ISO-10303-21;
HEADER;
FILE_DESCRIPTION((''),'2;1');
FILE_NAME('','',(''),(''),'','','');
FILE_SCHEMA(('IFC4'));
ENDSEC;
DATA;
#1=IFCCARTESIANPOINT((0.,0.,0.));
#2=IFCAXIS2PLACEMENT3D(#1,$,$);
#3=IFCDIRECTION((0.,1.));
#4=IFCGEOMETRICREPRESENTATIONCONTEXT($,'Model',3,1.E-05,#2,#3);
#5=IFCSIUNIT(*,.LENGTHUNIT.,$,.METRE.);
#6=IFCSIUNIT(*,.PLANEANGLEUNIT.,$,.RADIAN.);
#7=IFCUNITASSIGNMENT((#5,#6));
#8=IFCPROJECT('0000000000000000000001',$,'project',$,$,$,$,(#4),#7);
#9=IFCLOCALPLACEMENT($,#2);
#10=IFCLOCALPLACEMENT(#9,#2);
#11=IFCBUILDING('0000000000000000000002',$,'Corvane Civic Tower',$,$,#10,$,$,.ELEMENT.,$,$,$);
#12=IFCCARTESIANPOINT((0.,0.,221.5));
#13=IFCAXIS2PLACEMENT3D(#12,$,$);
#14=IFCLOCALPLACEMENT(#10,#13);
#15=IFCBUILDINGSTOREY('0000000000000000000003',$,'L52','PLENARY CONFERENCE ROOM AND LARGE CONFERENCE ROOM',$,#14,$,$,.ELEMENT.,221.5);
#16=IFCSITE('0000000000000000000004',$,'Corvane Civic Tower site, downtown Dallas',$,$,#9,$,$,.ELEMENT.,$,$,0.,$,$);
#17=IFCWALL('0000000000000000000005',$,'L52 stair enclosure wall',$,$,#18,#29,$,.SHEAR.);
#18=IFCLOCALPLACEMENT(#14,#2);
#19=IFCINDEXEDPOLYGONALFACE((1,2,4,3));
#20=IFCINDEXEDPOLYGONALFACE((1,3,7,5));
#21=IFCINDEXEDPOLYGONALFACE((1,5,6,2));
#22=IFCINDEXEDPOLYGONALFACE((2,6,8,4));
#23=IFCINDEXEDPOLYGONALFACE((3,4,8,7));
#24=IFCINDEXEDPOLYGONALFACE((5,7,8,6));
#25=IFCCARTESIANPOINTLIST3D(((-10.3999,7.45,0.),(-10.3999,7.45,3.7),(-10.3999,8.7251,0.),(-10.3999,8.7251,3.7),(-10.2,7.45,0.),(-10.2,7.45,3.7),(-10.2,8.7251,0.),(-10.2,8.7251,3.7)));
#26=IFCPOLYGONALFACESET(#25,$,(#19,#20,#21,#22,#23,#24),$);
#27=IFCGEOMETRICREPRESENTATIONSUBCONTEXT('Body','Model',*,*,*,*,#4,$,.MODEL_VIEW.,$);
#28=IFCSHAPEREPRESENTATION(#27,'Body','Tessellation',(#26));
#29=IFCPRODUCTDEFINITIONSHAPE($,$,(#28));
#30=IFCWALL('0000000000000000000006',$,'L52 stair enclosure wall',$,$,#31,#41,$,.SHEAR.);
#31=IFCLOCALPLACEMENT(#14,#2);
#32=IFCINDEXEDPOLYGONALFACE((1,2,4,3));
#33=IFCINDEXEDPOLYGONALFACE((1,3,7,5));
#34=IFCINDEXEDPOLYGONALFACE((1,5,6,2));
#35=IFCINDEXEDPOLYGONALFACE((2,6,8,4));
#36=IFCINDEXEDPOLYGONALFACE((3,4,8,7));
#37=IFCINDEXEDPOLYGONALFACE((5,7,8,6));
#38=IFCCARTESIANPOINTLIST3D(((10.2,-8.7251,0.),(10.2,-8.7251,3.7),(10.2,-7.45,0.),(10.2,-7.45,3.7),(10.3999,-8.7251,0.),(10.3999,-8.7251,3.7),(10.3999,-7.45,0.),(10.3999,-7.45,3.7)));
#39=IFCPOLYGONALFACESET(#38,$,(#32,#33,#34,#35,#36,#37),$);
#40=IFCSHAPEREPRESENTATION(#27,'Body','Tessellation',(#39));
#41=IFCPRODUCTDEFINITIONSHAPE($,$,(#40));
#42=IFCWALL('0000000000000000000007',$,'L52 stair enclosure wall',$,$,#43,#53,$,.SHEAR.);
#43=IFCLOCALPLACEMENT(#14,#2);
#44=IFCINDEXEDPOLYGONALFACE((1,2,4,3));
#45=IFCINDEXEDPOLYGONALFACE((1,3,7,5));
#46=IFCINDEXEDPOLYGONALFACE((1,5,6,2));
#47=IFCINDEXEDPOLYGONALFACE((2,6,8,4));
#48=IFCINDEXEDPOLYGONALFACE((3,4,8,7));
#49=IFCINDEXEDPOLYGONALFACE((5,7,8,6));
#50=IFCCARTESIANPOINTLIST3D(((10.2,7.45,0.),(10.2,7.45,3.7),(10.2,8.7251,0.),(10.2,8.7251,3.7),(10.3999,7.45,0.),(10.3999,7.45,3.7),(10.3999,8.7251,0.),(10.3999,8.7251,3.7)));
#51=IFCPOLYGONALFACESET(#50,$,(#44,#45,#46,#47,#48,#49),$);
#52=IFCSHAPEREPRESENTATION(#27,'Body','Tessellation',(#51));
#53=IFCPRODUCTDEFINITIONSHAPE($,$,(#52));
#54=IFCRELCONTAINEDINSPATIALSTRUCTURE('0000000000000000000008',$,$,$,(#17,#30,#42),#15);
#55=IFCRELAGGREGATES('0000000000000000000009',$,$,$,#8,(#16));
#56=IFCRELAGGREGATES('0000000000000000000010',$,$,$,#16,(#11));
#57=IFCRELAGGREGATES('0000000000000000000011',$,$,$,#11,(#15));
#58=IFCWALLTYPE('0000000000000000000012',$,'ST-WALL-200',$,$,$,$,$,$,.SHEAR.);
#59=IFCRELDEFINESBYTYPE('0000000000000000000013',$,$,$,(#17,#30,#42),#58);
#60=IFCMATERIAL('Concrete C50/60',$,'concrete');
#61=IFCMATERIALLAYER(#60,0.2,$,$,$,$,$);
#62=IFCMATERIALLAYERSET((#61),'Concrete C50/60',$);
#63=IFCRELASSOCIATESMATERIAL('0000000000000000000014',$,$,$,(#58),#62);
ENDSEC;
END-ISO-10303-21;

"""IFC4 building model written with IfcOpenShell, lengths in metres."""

from ifc_helpers import new_model, si_unit, direction, frame, origin, place, context, subcontext, project, spatial, polyline, outline, extrude, material, layer, layer_set, type_object, element, save


model = new_model("IFC4")

# Units and contexts
model_context = context("Model", 3, precision=1e-05, world=origin(), true_north=direction((0.0, 1.0)))
body_context = subcontext(model_context, "Body", "Model", "MODEL_VIEW")
ifc_project = project(units=[si_unit("LENGTHUNIT", "METRE"), si_unit("PLANEANGLEUNIT", "RADIAN")], contexts=[model_context])

# Site, building, storey
site_placement = place(None, origin())
site = spatial("IfcSite", under=ifc_project, at=site_placement, Name="Corvane Civic Tower site, downtown Dallas", CompositionType="ELEMENT", RefElevation=0.0)
building_placement = place(site_placement, origin())
building = spatial("IfcBuilding", under=site, at=building_placement, Name="Corvane Civic Tower", CompositionType="ELEMENT")
storey_placement = place(building_placement, frame((0.0, 0.0, 221.5)))
storey = spatial("IfcBuildingStorey", under=building, at=storey_placement, Name="L52", Description="PLENARY CONFERENCE ROOM AND LARGE CONFERENCE ROOM", CompositionType="ELEMENT", Elevation=221.5)

# Walls
ifc_material_1 = material(Name="Concrete C50/60", Category="concrete")
ifc_layer_1 = layer(ifc_material_1, 0.2)
ifc_layer_set_1 = layer_set([ifc_layer_1], Name="Concrete C50/60")
wall_type_1 = type_object("IfcWallType", Name="ST-WALL-200", PredefinedType="SHEAR", material=ifc_layer_set_1)
wall_1_placement = place(storey_placement, origin())
element("IfcWall", 1, at=wall_1_placement, inside=storey, type_object=wall_type_1, Name="L52 stair enclosure wall", PredefinedType="SHEAR", context=body_context, shape_type="SweptSolid", body=[
    extrude(outline(polyline([(-10.2, 8.7251), (-10.2, 7.45), (-10.3999, 7.45), (-10.3999, 8.7251), (-10.2, 8.7251)])), origin(), (0.0, 0.0, 1.0), 3.7),
])
wall_2_placement = place(storey_placement, origin())
element("IfcWall", 2, at=wall_2_placement, inside=storey, type_object=wall_type_1, Name="L52 stair enclosure wall", PredefinedType="SHEAR", context=body_context, shape_type="SweptSolid", body=[
    extrude(outline(polyline([(10.3999, -7.45), (10.3999, -8.7251), (10.2, -8.7251), (10.2, -7.45), (10.3999, -7.45)])), origin(), (0.0, 0.0, 1.0), 3.7),
])
wall_3_placement = place(storey_placement, origin())
element("IfcWall", 3, at=wall_3_placement, inside=storey, type_object=wall_type_1, Name="L52 stair enclosure wall", PredefinedType="SHEAR", context=body_context, shape_type="SweptSolid", body=[
    extrude(outline(polyline([(10.3999, 8.7251), (10.3999, 7.45), (10.2, 7.45), (10.2, 8.7251), (10.3999, 8.7251)])), origin(), (0.0, 0.0, 1.0), 3.7),
])

save(model, "model.ifc")
